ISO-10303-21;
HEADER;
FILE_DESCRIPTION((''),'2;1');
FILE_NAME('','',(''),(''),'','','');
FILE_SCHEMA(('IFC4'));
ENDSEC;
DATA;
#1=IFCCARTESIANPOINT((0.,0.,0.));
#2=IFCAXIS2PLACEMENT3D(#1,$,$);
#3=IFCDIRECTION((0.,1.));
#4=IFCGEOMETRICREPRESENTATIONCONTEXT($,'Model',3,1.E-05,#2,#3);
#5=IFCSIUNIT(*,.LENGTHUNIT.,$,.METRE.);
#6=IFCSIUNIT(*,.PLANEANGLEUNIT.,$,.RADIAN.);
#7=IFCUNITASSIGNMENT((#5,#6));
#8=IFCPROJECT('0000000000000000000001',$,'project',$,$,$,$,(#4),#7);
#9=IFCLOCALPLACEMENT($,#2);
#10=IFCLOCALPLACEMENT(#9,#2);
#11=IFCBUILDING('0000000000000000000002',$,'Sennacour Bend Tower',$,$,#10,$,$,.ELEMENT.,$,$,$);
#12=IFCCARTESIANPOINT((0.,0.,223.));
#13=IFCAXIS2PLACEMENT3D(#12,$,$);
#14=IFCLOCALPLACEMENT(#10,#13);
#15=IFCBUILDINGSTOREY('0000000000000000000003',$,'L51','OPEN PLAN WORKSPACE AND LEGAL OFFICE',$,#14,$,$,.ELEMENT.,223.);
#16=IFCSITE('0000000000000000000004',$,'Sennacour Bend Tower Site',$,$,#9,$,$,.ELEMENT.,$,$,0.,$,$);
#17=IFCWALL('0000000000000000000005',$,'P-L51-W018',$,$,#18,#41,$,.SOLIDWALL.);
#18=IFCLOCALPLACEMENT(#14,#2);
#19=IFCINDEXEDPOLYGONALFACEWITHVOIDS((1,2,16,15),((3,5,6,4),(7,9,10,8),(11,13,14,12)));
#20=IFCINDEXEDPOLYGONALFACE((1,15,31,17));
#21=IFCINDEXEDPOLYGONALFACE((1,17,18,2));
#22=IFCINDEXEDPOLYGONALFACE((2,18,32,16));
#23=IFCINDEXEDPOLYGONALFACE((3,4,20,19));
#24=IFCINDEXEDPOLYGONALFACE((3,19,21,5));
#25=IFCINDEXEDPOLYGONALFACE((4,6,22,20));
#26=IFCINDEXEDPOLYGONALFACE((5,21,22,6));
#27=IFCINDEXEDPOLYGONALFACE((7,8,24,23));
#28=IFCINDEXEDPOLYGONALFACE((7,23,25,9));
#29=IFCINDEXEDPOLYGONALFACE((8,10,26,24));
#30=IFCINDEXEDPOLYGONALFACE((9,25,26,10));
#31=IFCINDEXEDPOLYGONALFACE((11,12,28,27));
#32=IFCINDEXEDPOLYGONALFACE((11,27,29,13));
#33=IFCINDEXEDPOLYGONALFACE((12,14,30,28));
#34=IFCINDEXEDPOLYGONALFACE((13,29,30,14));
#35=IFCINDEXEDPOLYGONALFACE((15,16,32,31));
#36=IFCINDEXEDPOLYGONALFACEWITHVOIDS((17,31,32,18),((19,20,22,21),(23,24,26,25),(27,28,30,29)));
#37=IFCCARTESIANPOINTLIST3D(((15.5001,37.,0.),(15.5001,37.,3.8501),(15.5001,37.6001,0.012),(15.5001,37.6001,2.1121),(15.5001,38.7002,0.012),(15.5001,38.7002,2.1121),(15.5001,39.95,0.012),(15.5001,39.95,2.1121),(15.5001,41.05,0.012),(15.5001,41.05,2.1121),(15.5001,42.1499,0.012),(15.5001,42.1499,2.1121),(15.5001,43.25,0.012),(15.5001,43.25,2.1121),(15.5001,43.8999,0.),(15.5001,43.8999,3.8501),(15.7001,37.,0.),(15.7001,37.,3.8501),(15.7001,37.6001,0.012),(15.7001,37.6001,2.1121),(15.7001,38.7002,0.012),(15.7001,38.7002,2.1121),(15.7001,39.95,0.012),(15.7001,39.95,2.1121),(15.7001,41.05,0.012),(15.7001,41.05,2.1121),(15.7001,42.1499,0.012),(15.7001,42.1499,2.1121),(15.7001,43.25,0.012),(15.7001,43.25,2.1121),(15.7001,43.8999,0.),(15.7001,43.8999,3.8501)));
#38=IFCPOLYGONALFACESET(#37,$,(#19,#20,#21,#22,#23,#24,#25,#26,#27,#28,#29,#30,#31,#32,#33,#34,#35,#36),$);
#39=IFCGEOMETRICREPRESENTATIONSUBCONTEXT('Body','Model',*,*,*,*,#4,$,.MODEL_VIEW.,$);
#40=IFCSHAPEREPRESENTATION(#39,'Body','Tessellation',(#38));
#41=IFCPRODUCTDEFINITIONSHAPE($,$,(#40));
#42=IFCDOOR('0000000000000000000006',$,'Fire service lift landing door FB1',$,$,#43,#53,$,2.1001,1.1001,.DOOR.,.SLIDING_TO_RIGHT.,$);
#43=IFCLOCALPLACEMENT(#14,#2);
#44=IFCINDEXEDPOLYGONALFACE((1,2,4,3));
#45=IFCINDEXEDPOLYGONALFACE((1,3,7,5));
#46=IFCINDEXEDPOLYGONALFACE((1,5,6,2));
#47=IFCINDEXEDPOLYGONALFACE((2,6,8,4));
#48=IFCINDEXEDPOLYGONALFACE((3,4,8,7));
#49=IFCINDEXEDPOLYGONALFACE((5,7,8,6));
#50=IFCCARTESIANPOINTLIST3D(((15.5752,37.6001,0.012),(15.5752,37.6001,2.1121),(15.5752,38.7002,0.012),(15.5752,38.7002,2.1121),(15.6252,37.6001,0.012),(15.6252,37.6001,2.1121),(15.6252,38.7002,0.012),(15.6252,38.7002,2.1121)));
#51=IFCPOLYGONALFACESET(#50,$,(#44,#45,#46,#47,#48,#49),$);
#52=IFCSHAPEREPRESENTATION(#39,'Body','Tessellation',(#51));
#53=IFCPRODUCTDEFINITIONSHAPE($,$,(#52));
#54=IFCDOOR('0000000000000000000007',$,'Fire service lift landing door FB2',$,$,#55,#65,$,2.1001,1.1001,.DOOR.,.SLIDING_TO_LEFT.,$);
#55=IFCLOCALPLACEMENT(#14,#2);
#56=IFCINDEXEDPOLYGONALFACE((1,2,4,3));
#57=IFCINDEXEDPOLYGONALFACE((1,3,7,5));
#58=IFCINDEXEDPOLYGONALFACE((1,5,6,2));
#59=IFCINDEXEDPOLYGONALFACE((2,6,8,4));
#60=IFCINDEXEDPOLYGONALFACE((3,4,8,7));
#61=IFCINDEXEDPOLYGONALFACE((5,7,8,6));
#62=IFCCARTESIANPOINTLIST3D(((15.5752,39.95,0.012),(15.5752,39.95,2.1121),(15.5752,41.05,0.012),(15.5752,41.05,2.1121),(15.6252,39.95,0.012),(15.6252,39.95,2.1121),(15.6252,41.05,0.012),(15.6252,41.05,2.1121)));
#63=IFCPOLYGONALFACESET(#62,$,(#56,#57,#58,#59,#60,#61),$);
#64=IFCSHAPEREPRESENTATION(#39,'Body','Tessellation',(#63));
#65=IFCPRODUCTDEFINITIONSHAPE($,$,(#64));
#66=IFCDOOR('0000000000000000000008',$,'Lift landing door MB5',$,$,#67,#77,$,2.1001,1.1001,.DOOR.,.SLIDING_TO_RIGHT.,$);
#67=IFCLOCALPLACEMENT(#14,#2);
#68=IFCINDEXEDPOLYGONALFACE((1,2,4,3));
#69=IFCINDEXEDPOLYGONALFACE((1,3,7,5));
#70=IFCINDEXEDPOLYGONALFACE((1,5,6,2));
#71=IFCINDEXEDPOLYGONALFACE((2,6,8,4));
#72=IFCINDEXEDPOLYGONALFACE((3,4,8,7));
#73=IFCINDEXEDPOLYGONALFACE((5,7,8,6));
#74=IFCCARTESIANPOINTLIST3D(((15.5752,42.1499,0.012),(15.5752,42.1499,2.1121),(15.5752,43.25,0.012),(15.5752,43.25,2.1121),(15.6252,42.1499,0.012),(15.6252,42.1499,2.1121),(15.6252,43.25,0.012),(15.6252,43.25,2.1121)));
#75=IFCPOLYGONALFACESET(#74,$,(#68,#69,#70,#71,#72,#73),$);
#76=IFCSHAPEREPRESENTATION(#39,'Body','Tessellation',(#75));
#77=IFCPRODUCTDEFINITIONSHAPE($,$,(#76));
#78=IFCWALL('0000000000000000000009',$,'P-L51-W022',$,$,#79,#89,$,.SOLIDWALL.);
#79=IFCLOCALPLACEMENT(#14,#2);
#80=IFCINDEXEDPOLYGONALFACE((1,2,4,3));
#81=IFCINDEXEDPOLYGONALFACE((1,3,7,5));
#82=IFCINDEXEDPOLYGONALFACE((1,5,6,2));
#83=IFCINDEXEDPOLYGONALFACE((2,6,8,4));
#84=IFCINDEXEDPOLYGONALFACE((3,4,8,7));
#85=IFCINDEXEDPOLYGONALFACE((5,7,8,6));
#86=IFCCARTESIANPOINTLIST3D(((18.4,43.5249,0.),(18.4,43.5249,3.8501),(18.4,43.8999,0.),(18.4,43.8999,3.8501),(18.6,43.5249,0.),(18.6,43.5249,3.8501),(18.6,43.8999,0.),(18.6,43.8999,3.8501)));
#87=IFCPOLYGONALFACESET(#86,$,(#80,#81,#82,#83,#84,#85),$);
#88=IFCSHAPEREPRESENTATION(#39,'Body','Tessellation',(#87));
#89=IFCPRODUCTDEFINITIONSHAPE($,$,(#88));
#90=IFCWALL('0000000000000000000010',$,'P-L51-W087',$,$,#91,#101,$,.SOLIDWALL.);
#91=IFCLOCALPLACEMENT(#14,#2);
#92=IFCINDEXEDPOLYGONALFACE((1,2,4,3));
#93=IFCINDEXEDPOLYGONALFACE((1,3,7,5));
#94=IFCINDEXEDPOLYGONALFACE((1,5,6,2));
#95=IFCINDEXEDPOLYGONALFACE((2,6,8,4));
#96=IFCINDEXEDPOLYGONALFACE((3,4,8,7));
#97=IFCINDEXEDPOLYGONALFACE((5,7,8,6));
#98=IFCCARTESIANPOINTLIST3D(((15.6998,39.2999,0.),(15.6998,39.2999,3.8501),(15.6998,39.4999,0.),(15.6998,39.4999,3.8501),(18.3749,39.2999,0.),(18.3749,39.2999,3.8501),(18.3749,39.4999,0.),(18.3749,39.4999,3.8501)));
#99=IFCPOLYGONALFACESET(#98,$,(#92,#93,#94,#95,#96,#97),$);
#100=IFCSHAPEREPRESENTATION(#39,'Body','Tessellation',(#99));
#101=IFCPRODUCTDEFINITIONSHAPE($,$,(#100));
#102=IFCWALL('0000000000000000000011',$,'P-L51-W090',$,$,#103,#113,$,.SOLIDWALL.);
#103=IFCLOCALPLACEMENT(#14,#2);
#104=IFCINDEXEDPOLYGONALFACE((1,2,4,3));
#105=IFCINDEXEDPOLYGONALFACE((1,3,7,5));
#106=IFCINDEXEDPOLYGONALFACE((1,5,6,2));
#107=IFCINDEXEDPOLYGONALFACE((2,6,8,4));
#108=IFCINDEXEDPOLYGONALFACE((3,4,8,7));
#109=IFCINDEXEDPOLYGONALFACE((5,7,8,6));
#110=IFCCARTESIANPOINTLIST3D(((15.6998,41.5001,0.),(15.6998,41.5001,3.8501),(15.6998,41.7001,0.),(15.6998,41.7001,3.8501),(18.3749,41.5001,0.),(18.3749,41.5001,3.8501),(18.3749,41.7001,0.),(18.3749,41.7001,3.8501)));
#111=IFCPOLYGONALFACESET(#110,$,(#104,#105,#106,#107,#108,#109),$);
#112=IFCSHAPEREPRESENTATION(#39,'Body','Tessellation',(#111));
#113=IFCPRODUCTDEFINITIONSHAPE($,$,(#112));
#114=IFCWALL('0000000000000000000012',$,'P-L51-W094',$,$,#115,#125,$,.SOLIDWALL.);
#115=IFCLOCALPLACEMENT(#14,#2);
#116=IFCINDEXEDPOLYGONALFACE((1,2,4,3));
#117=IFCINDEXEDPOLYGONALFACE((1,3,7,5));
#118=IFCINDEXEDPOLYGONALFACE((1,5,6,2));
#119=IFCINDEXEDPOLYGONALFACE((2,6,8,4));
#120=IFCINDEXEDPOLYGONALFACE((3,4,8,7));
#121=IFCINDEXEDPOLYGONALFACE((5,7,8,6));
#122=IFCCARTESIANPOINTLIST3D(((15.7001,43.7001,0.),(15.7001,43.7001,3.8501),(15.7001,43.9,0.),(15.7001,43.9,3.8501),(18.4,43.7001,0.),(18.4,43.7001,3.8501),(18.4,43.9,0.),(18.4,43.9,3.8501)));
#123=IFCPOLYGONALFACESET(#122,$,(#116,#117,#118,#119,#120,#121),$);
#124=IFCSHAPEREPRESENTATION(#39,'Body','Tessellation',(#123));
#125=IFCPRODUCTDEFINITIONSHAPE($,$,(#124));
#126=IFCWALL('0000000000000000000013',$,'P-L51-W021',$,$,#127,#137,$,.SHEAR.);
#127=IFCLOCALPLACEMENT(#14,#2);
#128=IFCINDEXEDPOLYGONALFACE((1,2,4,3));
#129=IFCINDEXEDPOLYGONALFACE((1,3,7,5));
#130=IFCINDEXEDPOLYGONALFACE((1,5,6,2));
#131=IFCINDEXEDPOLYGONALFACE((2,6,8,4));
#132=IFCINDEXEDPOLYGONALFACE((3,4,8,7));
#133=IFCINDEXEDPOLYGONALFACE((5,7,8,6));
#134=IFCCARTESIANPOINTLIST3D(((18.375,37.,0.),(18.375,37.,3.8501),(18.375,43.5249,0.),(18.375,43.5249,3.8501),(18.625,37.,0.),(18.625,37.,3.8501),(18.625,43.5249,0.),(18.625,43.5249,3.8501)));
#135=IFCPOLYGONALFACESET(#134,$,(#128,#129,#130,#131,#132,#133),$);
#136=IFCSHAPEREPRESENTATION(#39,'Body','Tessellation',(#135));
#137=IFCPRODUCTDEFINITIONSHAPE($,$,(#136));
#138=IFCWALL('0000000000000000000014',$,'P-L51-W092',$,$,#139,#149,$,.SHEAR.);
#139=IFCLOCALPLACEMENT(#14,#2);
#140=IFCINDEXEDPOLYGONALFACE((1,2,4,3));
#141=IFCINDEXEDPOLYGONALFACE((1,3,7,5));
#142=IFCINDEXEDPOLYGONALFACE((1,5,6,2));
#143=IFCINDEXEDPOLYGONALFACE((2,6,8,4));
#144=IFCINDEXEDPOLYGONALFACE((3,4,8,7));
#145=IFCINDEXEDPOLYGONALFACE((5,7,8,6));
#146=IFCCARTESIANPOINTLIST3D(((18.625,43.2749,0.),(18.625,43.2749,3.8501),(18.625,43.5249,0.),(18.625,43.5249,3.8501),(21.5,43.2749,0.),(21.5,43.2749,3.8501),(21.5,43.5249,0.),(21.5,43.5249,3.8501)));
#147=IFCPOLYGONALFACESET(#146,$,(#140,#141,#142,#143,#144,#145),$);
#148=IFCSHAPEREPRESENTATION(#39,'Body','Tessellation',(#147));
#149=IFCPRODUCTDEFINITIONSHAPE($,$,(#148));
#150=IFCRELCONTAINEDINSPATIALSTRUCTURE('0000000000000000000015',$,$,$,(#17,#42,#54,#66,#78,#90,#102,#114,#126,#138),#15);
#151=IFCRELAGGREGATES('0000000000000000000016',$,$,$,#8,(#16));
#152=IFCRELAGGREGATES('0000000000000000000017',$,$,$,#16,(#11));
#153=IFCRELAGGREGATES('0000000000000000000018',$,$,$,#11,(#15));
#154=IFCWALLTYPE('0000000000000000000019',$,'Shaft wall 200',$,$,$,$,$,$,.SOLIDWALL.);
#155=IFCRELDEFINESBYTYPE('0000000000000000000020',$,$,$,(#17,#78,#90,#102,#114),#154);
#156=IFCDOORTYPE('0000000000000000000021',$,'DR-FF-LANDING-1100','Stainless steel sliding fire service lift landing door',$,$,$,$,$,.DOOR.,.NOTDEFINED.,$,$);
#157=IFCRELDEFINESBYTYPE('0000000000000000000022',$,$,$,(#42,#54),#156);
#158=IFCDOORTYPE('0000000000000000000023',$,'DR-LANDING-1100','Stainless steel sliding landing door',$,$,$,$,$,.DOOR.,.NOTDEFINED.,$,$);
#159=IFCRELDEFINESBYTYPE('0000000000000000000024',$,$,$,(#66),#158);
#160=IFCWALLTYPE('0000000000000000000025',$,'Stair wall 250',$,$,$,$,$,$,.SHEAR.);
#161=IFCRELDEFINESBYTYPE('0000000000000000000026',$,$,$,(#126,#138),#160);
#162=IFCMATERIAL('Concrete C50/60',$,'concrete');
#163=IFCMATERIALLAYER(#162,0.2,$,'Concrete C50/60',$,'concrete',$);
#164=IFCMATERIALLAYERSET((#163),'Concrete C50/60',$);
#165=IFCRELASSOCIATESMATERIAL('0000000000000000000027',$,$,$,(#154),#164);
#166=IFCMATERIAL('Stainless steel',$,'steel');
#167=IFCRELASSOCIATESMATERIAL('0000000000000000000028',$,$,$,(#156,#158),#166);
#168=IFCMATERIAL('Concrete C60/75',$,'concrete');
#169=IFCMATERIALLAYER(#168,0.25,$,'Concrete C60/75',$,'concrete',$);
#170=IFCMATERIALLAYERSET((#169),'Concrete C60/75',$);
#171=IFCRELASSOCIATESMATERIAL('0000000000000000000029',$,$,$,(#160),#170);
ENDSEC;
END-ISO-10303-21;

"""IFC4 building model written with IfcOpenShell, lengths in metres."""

from ifc_helpers import new_model, si_unit, direction, frame, frame_2d, origin, place, context, subcontext, project, spatial, rectangle, extrude, material, layer, layer_set, type_object, element, fill, save


model = new_model("IFC4")

# Units and contexts
model_context = context("Model", 3, precision=1e-05, world=origin(), true_north=direction((0.0, 1.0)))
body_context = subcontext(model_context, "Body", "Model", "MODEL_VIEW")
ifc_project = project(units=[si_unit("LENGTHUNIT", "METRE"), si_unit("PLANEANGLEUNIT", "RADIAN")], contexts=[model_context])

# Site, building, storey
site_placement = place(None, origin())
site = spatial("IfcSite", under=ifc_project, at=site_placement, Name="Sennacour Bend Tower Site", CompositionType="ELEMENT", RefElevation=0.0)
building_placement = place(site_placement, origin())
building = spatial("IfcBuilding", under=site, at=building_placement, Name="Sennacour Bend Tower", CompositionType="ELEMENT")
storey_placement = place(building_placement, frame((0.0, 0.0, 223.0)))
storey = spatial("IfcBuildingStorey", under=building, at=storey_placement, Name="L51", Description="OPEN PLAN WORKSPACE AND LEGAL OFFICE", CompositionType="ELEMENT", Elevation=223.0)

# Shared definitions
ifc_material_1 = material(Name="Concrete C60/75", Category="concrete")

# Wall, openings, doors
ifc_material_2 = material(Name="Concrete C50/60", Category="concrete")
ifc_layer_1 = layer(ifc_material_2, 0.2, Name="Concrete C50/60", Category="concrete")
ifc_layer_set_1 = layer_set([ifc_layer_1], Name="Concrete C50/60")
wall_type_1 = type_object("IfcWallType", Name="Shaft wall 200", PredefinedType="SOLIDWALL", material=ifc_layer_set_1)
wall_1_placement = place(storey_placement, frame((15.6001, 37.0, 0.0), z_axis=(0.0, 0.0, 1.0), x_axis=(0.0, 1.0, 0.0)))
wall_1 = element("IfcWall", 1, at=wall_1_placement, inside=storey, type_object=wall_type_1, Name="P-L51-W018", PredefinedType="SOLIDWALL", context=body_context, shape_type="SweptSolid", body=[
    extrude(rectangle(XDim=6.8999, YDim=0.2, at=frame_2d((3.45, 0.0))), origin(), (0.0, 0.0, 1.0), 3.8501),
])
opening_1_placement = place(wall_1_placement, frame((0.6001, 0.0, 0.012)))
opening_1 = element("IfcOpeningElement", 2, at=opening_1_placement, cuts=wall_1, PredefinedType="OPENING", context=body_context, shape_type="SweptSolid", body=[
    extrude(rectangle(XDim=1.1001, YDim=2.1001, at=frame_2d((0.55, 1.05))), frame((0.0, 0.1099, 0.0), z_axis=(0.0, -1.0, 0.0), x_axis=(1.0, 0.0, 0.0)), (0.0, 0.0, 1.0), 0.22),
])
opening_2_placement = place(wall_1_placement, frame((2.95, 0.0, 0.012)))
opening_2 = element("IfcOpeningElement", 3, at=opening_2_placement, cuts=wall_1, PredefinedType="OPENING", context=body_context, shape_type="SweptSolid", body=[
    extrude(rectangle(XDim=1.1001, YDim=2.1001, at=frame_2d((0.55, 1.05))), frame((0.0, 0.1099, 0.0), z_axis=(0.0, -1.0, 0.0), x_axis=(1.0, 0.0, 0.0)), (0.0, 0.0, 1.0), 0.22),
])
opening_3_placement = place(wall_1_placement, frame((5.1499, 0.0, 0.012)))
opening_3 = element("IfcOpeningElement", 4, at=opening_3_placement, cuts=wall_1, PredefinedType="OPENING", context=body_context, shape_type="SweptSolid", body=[
    extrude(rectangle(XDim=1.1001, YDim=2.1001, at=frame_2d((0.55, 1.05))), frame((0.0, 0.1099, 0.0), z_axis=(0.0, -1.0, 0.0), x_axis=(1.0, 0.0, 0.0)), (0.0, 0.0, 1.0), 0.22),
])
ifc_material_3 = material(Name="Stainless steel", Category="steel")
door_type_1 = type_object("IfcDoorType", Name="DR-FF-LANDING-1100", Description="Stainless steel sliding fire service lift landing door", OperationType="NOTDEFINED", PredefinedType="DOOR", material=ifc_material_3)
door_1_placement = place(opening_1_placement, origin())
door_1 = element("IfcDoor", 5, at=door_1_placement, inside=storey, type_object=door_type_1, Name="Fire service lift landing door FB1", OperationType="SLIDING_TO_RIGHT", OverallHeight=2.1001, OverallWidth=1.1001, PredefinedType="DOOR", context=body_context, shape_type="SweptSolid", body=[
    extrude(rectangle(XDim=1.1001, YDim=2.1001, at=frame_2d((0.55, 1.05))), frame((0.0, 0.0249, 0.0), z_axis=(0.0, -1.0, 0.0), x_axis=(1.0, 0.0, 0.0)), (0.0, 0.0, 1.0), 0.05),
])
fill(opening_1, door_1)
door_2_placement = place(opening_2_placement, origin())
door_2 = element("IfcDoor", 6, at=door_2_placement, inside=storey, type_object=door_type_1, Name="Fire service lift landing door FB2", OperationType="SLIDING_TO_LEFT", OverallHeight=2.1001, OverallWidth=1.1001, PredefinedType="DOOR", context=body_context, shape_type="SweptSolid", body=[
    extrude(rectangle(XDim=1.1001, YDim=2.1001, at=frame_2d((0.55, 1.05))), frame((0.0, 0.0249, 0.0), z_axis=(0.0, -1.0, 0.0), x_axis=(1.0, 0.0, 0.0)), (0.0, 0.0, 1.0), 0.05),
])
fill(opening_2, door_2)
door_type_2 = type_object("IfcDoorType", Name="DR-LANDING-1100", Description="Stainless steel sliding landing door", OperationType="NOTDEFINED", PredefinedType="DOOR", material=ifc_material_3)
door_3_placement = place(opening_3_placement, origin())
door_3 = element("IfcDoor", 7, at=door_3_placement, inside=storey, type_object=door_type_2, Name="Lift landing door MB5", OperationType="SLIDING_TO_RIGHT", OverallHeight=2.1001, OverallWidth=1.1001, PredefinedType="DOOR", context=body_context, shape_type="SweptSolid", body=[
    extrude(rectangle(XDim=1.1001, YDim=2.1001, at=frame_2d((0.55, 1.05))), frame((0.0, 0.0249, 0.0), z_axis=(0.0, -1.0, 0.0), x_axis=(1.0, 0.0, 0.0)), (0.0, 0.0, 1.0), 0.05),
])
fill(opening_3, door_3)

# Walls
wall_2_placement = place(storey_placement, frame((18.5, 43.5249, 0.0), z_axis=(0.0, 0.0, 1.0), x_axis=(0.0, 1.0, 0.0)))
element("IfcWall", 8, at=wall_2_placement, inside=storey, type_object=wall_type_1, Name="P-L51-W022", PredefinedType="SOLIDWALL", context=body_context, shape_type="SweptSolid", body=[
    extrude(rectangle(XDim=0.375, YDim=0.2, at=frame_2d((0.1875, 0.0))), origin(), (0.0, 0.0, 1.0), 3.8501),
])
for number, where, z_axis, x_axis, name in (
    (9, (15.7, 39.3999, 0.0), (0.0, 0.0, 1.0), (1.0, 0.0, 0.0), "P-L51-W087"),
    (10, (15.7, 41.6001, 0.0), (0.0, 0.0, 1.0), (1.0, 0.0, 0.0), "P-L51-W090"),
):
    element("IfcWall", number, at=place(storey_placement, frame(where, z_axis=z_axis, x_axis=x_axis)), inside=storey, type_object=wall_type_1, Name=name, PredefinedType="SOLIDWALL", context=body_context, shape_type="SweptSolid", body=[
        extrude(rectangle(XDim=2.675, YDim=0.2, at=frame_2d((1.3374, 0.0))), origin(), (0.0, 0.0, 1.0), 3.8501),
    ])
wall_3_placement = place(storey_placement, frame((15.7, 43.8, 0.0), z_axis=(0.0, 0.0, 1.0), x_axis=(1.0, 0.0, 0.0)))
element("IfcWall", 11, at=wall_3_placement, inside=storey, type_object=wall_type_1, Name="P-L51-W094", PredefinedType="SOLIDWALL", context=body_context, shape_type="SweptSolid", body=[
    extrude(rectangle(XDim=2.7, YDim=0.2, at=frame_2d((1.3501, 0.0))), origin(), (0.0, 0.0, 1.0), 3.8501),
])
ifc_layer_2 = layer(ifc_material_1, 0.25, Name="Concrete C60/75", Category="concrete")
ifc_layer_set_2 = layer_set([ifc_layer_2], Name="Concrete C60/75")
wall_type_2 = type_object("IfcWallType", Name="Stair wall 250", PredefinedType="SHEAR", material=ifc_layer_set_2)
wall_4_placement = place(storey_placement, frame((18.5, 37.0, 0.0), z_axis=(0.0, 0.0, 1.0), x_axis=(0.0, 1.0, 0.0)))
element("IfcWall", 12, at=wall_4_placement, inside=storey, type_object=wall_type_2, Name="P-L51-W021", PredefinedType="SHEAR", context=body_context, shape_type="SweptSolid", body=[
    extrude(rectangle(XDim=6.5249, YDim=0.25, at=frame_2d((3.2625, 0.0))), origin(), (0.0, 0.0, 1.0), 3.8501),
])
wall_5_placement = place(storey_placement, frame((18.625, 43.3999, 0.0), z_axis=(0.0, 0.0, 1.0), x_axis=(1.0, 0.0, 0.0)))
element("IfcWall", 13, at=wall_5_placement, inside=storey, type_object=wall_type_2, Name="P-L51-W092", PredefinedType="SHEAR", context=body_context, shape_type="SweptSolid", body=[
    extrude(rectangle(XDim=2.875, YDim=0.25, at=frame_2d((1.4375, 0.0))), origin(), (0.0, 0.0, 1.0), 3.8501),
])

save(model, "model.ifc")
